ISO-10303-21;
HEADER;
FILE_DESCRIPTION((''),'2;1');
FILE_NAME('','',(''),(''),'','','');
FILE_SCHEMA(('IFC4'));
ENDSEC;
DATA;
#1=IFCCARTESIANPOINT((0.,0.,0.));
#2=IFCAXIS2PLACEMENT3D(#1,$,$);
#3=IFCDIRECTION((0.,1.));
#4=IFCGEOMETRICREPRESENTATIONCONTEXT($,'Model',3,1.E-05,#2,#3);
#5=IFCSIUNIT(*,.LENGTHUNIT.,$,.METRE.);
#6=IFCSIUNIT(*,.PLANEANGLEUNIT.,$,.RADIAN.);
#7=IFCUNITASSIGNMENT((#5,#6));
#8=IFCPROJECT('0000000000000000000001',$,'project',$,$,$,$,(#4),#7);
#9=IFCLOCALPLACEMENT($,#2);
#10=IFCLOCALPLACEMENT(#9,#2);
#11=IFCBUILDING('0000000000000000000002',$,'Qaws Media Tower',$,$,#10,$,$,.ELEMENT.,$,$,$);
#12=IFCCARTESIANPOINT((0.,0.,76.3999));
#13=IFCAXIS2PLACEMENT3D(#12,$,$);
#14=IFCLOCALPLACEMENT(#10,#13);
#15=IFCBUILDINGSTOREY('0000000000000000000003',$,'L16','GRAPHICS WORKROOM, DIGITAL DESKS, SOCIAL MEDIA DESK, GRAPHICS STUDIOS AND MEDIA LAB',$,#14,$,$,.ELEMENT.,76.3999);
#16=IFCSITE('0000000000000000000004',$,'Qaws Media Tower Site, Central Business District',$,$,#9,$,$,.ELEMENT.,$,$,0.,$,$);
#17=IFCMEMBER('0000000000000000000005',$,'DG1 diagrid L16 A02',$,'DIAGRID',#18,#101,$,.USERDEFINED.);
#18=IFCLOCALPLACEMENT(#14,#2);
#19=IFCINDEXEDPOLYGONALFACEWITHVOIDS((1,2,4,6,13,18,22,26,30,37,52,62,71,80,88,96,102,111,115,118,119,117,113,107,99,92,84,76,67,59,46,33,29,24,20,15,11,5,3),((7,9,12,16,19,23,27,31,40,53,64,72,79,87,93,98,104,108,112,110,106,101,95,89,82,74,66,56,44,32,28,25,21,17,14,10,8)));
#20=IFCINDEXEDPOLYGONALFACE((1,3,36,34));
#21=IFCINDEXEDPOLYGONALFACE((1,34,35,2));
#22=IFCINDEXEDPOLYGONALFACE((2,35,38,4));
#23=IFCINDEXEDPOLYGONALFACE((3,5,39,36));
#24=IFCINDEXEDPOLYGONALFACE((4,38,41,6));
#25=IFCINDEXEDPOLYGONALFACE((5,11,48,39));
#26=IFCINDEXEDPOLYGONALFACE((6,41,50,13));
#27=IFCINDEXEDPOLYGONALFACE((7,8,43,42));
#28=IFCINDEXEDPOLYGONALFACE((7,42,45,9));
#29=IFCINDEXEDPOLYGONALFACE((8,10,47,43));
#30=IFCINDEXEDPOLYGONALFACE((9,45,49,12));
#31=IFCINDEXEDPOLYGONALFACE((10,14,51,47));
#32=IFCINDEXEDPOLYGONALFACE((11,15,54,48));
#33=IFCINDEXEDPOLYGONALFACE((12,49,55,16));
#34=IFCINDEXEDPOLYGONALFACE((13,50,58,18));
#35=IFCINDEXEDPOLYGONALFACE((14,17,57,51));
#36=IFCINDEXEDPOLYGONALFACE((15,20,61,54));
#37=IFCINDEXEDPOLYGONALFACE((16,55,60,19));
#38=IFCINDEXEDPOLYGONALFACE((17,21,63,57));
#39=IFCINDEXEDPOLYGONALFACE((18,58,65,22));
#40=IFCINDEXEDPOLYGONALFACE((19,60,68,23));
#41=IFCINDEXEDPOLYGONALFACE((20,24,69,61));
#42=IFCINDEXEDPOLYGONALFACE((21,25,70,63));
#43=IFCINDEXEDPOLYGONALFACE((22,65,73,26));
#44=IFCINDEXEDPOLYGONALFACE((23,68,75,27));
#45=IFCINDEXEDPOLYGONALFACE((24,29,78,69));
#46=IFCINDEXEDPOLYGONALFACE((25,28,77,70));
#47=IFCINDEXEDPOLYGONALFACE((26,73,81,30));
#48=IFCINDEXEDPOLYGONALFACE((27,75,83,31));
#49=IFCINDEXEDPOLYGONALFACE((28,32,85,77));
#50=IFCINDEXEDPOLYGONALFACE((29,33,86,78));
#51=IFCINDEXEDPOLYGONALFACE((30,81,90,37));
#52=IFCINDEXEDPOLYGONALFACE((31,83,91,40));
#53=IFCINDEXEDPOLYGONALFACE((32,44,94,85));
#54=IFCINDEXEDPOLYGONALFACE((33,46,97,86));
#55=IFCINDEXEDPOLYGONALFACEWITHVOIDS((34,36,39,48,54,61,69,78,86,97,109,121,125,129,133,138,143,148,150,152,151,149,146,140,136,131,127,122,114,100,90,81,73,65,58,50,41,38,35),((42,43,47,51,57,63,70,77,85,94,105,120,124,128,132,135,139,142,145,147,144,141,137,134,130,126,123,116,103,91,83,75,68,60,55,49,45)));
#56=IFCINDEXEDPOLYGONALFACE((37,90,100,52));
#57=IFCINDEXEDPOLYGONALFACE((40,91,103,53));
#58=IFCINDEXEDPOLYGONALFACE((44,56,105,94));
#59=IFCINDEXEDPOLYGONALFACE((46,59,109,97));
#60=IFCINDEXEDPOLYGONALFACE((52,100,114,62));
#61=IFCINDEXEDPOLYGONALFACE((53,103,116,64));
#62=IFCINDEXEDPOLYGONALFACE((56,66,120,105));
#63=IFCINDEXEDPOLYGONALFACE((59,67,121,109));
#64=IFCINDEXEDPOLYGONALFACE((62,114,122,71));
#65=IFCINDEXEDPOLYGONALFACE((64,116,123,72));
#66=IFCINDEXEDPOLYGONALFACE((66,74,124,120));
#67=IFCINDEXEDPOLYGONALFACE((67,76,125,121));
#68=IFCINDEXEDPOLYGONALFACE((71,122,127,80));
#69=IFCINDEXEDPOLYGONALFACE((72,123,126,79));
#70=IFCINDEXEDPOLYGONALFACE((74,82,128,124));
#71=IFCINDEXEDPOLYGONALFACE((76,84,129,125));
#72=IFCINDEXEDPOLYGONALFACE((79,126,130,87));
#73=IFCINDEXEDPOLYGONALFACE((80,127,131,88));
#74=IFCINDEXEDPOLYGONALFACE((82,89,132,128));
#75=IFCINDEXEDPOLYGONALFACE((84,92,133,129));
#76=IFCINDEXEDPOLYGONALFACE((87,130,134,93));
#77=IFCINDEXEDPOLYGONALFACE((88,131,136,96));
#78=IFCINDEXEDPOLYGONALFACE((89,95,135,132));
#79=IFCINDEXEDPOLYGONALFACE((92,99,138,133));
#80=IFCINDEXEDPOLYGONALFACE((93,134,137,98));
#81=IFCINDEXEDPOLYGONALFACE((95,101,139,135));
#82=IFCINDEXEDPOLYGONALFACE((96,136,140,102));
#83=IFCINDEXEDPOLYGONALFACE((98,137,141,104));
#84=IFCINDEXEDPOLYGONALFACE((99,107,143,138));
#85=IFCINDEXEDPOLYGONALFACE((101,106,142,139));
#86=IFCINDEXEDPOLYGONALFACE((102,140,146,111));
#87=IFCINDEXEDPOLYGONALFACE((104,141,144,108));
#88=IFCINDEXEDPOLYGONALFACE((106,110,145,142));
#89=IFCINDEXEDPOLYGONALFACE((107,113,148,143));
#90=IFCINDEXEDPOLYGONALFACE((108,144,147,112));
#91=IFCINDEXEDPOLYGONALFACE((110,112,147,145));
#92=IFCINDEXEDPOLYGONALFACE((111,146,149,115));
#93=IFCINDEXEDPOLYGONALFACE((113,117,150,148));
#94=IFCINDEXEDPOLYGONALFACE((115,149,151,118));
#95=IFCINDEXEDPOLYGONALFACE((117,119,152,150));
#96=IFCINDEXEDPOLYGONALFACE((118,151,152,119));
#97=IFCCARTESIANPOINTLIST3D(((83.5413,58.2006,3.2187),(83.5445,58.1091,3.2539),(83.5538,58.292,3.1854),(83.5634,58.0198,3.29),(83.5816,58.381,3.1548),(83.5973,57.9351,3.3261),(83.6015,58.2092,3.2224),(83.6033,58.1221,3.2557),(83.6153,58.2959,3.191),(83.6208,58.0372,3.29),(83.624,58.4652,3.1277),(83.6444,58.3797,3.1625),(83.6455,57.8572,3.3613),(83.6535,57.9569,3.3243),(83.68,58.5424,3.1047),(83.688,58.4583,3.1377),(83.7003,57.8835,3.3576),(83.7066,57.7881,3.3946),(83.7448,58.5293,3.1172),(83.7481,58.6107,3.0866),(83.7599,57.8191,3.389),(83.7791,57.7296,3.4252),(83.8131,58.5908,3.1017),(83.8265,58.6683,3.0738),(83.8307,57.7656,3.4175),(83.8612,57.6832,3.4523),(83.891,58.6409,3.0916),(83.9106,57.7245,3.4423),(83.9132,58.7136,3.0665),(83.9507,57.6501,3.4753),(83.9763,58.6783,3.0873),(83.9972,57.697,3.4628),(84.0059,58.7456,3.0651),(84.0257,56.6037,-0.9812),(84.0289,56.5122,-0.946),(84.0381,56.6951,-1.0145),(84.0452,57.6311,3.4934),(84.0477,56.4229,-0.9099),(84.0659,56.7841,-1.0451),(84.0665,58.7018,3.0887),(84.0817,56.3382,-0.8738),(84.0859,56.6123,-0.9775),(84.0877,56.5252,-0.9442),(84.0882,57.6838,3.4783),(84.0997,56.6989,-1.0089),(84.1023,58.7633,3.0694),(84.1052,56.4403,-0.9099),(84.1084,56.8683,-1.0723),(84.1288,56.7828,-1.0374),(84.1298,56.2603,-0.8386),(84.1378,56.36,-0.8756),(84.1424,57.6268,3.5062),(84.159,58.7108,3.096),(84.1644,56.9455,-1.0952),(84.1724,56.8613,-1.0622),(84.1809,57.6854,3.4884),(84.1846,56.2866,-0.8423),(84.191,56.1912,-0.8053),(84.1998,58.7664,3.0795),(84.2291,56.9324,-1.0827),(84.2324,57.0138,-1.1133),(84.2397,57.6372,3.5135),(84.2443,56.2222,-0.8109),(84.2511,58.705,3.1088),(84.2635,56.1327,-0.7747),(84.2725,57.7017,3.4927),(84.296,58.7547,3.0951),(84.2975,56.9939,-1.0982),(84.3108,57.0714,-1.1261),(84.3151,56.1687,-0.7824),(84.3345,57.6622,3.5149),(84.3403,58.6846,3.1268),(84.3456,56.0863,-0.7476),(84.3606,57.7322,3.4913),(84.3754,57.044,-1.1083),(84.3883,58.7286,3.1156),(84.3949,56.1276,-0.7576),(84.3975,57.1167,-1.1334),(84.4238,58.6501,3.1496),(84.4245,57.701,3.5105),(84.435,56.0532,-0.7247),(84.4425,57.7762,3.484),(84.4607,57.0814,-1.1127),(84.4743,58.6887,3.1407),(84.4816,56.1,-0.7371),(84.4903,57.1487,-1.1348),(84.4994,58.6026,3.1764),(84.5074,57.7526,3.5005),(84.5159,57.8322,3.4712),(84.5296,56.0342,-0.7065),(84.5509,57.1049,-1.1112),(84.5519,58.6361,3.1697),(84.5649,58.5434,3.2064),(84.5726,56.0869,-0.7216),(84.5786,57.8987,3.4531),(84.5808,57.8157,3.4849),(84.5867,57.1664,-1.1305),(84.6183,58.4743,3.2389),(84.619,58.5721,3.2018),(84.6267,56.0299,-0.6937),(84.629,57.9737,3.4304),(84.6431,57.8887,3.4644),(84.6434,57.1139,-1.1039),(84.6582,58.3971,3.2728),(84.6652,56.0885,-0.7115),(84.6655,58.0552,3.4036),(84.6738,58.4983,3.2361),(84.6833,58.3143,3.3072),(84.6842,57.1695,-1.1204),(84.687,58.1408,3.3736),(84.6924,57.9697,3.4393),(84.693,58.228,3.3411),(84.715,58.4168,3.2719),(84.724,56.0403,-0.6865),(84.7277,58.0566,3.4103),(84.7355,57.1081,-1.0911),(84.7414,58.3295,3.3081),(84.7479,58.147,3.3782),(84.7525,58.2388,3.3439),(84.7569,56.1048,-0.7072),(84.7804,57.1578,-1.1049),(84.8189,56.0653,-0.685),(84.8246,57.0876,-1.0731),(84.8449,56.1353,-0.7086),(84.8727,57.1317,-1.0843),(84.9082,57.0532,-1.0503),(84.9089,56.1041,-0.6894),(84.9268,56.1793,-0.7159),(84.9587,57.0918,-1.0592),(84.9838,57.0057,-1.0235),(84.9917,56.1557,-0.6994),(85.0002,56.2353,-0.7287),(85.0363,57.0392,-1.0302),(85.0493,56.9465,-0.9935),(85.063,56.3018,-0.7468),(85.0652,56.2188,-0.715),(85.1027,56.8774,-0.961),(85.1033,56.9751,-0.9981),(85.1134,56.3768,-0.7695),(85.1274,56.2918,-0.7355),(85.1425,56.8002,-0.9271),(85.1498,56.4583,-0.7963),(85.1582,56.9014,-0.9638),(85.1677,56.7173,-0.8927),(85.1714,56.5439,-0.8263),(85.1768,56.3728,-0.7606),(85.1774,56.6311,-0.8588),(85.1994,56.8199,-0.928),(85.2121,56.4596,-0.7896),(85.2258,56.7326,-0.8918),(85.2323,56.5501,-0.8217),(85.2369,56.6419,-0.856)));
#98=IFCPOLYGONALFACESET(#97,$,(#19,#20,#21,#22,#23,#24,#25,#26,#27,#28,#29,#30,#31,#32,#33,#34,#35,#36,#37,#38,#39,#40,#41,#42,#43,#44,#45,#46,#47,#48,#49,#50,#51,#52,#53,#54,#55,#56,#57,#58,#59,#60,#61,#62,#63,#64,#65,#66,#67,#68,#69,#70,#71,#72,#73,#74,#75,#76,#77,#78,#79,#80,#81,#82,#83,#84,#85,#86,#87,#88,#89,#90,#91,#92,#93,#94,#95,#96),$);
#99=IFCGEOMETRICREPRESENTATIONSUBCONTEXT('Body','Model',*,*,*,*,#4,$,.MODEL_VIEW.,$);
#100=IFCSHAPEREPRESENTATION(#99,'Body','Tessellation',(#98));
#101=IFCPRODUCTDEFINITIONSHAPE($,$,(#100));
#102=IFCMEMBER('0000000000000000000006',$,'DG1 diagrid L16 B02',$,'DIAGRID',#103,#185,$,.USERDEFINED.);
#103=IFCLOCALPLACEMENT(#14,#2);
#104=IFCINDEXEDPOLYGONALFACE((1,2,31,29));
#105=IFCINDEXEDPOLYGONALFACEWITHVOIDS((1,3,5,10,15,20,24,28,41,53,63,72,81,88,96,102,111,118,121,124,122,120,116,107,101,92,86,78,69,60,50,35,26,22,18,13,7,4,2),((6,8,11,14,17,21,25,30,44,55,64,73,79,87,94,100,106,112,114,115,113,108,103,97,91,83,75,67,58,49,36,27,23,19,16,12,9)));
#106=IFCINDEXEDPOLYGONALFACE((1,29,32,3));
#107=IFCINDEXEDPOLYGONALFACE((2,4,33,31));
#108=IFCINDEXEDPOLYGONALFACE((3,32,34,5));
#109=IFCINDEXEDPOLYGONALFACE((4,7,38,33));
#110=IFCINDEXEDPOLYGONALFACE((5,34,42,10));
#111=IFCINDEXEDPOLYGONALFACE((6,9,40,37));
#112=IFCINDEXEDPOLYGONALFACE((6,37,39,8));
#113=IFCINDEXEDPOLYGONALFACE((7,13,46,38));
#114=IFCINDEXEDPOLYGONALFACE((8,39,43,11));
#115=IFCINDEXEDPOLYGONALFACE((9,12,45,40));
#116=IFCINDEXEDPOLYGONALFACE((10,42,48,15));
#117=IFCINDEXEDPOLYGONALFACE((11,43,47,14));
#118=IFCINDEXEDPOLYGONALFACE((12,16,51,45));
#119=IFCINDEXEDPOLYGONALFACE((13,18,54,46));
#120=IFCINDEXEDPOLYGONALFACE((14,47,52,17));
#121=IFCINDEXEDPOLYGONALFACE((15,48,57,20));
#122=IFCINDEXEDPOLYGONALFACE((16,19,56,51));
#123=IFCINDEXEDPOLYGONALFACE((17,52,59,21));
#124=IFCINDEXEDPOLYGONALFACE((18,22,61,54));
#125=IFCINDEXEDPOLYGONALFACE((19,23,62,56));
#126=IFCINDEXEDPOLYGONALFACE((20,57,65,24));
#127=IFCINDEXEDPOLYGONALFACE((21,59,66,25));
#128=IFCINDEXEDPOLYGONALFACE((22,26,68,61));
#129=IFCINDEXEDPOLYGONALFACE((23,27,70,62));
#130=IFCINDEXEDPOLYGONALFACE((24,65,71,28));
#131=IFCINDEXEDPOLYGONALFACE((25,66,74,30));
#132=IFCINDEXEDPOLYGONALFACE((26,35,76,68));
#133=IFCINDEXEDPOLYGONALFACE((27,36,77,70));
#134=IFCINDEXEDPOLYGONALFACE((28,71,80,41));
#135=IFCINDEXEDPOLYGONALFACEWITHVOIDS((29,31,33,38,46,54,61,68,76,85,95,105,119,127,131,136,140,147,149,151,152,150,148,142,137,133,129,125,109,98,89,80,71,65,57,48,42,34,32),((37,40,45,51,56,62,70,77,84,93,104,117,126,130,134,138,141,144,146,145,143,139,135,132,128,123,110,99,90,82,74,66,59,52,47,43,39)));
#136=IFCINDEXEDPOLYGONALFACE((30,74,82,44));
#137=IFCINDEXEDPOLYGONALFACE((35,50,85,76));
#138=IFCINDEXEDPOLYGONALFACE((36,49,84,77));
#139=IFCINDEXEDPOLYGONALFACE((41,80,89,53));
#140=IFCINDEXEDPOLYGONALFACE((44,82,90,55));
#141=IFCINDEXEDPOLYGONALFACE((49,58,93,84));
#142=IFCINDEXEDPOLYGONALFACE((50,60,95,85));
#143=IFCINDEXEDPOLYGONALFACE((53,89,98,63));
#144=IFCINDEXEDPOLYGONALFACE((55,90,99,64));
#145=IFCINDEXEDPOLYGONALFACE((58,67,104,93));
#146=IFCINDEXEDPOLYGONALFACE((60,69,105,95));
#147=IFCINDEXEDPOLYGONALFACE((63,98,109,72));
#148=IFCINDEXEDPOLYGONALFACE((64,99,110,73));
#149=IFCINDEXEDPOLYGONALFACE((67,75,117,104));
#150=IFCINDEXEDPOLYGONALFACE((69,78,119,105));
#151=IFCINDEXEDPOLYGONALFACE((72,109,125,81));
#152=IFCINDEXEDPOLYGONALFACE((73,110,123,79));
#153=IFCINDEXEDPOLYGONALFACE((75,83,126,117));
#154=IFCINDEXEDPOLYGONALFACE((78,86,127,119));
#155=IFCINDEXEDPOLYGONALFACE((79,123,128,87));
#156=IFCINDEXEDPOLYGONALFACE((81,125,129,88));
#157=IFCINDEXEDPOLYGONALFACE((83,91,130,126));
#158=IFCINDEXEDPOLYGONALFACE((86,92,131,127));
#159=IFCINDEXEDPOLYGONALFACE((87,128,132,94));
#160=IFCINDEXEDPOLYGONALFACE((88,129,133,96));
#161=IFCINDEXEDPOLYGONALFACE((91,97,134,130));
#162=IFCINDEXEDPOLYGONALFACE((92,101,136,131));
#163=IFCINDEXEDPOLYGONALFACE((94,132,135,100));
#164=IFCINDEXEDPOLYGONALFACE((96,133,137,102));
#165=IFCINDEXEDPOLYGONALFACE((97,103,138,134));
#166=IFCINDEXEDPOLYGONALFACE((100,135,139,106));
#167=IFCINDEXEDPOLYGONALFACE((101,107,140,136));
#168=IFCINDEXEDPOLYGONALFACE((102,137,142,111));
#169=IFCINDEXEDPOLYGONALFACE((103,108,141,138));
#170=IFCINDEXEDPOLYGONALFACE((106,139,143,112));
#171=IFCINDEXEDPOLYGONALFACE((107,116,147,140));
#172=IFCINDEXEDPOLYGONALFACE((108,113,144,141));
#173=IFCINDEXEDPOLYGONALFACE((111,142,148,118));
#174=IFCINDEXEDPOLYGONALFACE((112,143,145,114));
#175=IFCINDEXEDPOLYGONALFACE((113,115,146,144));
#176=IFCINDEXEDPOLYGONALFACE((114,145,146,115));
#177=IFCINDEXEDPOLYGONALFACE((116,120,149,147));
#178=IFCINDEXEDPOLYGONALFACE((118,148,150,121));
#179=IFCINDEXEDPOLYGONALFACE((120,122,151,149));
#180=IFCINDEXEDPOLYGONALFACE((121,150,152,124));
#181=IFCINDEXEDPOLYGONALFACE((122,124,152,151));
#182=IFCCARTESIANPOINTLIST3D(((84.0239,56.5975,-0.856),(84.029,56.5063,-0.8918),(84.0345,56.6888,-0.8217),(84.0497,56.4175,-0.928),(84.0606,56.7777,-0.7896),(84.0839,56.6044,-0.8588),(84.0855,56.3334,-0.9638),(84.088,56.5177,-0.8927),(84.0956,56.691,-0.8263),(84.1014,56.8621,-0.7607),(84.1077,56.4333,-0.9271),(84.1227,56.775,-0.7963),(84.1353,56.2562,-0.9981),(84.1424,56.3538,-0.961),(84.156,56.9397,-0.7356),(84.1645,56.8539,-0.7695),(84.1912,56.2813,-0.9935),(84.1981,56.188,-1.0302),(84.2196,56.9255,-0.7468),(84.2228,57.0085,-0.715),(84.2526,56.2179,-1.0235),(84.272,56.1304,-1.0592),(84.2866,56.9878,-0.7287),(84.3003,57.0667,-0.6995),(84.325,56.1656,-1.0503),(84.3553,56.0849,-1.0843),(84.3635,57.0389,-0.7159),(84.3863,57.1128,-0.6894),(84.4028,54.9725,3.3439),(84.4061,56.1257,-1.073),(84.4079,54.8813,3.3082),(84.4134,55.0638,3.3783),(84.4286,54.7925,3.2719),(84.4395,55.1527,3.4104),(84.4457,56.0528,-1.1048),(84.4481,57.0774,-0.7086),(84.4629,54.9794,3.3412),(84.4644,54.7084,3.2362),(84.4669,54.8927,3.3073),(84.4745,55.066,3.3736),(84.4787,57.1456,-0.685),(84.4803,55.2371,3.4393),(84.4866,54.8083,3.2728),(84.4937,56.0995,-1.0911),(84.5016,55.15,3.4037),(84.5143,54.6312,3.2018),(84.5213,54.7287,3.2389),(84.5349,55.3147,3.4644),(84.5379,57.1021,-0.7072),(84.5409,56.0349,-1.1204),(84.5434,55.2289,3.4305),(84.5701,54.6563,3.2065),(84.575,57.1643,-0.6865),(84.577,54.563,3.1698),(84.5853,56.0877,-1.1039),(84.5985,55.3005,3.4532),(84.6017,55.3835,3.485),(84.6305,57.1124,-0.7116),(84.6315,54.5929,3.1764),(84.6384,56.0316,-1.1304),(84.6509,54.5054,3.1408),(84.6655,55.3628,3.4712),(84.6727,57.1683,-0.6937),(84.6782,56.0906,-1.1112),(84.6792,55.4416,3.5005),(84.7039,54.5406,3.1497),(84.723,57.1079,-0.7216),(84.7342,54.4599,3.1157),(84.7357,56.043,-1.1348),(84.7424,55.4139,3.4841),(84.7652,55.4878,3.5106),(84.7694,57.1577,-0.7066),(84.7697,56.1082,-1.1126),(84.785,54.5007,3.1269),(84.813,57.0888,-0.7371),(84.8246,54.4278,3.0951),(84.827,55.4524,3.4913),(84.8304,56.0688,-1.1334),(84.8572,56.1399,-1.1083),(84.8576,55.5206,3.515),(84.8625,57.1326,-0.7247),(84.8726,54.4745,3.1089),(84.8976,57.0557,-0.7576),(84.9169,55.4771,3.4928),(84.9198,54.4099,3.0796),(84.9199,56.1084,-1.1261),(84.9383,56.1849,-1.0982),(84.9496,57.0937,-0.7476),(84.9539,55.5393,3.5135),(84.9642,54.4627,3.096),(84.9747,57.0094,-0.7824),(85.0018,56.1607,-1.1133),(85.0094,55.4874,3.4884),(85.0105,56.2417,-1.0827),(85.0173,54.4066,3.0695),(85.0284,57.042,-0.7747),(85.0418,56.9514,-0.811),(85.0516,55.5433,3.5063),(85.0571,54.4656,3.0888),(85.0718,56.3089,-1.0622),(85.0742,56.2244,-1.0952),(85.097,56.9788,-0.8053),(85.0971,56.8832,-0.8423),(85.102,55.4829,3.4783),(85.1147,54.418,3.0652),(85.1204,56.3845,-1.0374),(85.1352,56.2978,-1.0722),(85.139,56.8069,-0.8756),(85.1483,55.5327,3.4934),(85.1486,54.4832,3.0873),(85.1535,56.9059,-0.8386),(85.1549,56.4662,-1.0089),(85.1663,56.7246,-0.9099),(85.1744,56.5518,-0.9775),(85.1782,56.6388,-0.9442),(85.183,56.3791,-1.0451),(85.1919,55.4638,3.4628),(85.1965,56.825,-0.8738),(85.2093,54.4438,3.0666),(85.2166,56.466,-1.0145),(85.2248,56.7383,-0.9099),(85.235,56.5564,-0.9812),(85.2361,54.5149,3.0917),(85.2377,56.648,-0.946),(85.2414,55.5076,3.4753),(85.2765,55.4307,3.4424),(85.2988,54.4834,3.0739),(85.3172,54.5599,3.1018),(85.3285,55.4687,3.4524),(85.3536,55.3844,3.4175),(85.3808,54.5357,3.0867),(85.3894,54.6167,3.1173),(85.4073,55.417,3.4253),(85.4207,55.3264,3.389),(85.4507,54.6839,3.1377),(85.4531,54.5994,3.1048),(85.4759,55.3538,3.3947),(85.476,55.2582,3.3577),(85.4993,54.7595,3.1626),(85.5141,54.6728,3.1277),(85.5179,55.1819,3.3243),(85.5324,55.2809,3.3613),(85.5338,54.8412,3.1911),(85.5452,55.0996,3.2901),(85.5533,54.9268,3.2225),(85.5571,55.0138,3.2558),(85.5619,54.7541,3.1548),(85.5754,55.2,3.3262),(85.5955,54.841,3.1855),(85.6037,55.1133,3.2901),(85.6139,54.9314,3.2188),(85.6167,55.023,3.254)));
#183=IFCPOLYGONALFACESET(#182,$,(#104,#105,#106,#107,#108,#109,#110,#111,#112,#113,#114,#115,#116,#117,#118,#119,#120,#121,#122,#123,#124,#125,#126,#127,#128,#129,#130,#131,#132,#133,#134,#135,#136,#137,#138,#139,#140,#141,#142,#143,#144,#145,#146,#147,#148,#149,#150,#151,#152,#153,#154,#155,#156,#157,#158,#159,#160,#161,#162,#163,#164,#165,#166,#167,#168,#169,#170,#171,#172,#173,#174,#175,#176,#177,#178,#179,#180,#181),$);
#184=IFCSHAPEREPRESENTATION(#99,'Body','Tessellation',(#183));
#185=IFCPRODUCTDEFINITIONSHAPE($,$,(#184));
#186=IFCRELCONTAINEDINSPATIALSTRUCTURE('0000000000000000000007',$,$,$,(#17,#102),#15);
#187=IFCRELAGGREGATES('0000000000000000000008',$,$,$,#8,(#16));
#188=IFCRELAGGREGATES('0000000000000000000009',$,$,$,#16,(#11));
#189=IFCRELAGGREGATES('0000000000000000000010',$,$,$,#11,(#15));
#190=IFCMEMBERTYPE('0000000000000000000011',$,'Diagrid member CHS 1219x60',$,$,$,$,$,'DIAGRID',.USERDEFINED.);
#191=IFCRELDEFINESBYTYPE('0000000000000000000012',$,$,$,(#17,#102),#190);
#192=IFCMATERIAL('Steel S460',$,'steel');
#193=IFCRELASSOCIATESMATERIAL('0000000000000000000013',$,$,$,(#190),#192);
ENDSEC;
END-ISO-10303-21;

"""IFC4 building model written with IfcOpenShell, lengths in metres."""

from ifc_helpers import new_model, si_unit, direction, frame, origin, origin_2d, place, context, subcontext, project, spatial, hollow_circle, extrude, material, material_profile, profile_set, type_object, element, save


model = new_model("IFC4")

# Units and contexts
model_context = context("Model", 3, precision=1e-05, world=origin(), true_north=direction((0.0, 1.0)))
body_context = subcontext(model_context, "Body", "Model", "MODEL_VIEW")
ifc_project = project(units=[si_unit("LENGTHUNIT", "METRE"), si_unit("PLANEANGLEUNIT", "RADIAN")], contexts=[model_context])

# Site, building, storey
site_placement = place(None, origin())
site = spatial("IfcSite", under=ifc_project, at=site_placement, Name="Qaws Media Tower Site, Central Business District", CompositionType="ELEMENT", RefElevation=0.0)
building_placement = place(site_placement, origin())
building = spatial("IfcBuilding", under=site, at=building_placement, Name="Qaws Media Tower", CompositionType="ELEMENT")
storey_placement = place(building_placement, frame((0.0, 0.0, 76.3999)))
storey = spatial("IfcBuildingStorey", under=building, at=storey_placement, Name="L16", Description="GRAPHICS WORKROOM, DIGITAL DESKS, SOCIAL MEDIA DESK, GRAPHICS STUDIOS AND MEDIA LAB", CompositionType="ELEMENT", Elevation=76.3999)

# Members
ifc_material_1 = material(Name="Steel S460", Category="steel")
ifc_material_profile_1 = material_profile(ifc_material_1, hollow_circle(Radius=0.6096, WallThickness=0.0601, at=origin_2d()), Name="CHS 1219x60")
ifc_profile_set_1 = profile_set([ifc_material_profile_1], Name="Steel S460")
member_type_1 = type_object("IfcMemberType", Name="Diagrid member CHS 1219x60", ElementType="DIAGRID", PredefinedType="USERDEFINED", material=ifc_profile_set_1)
for number, where, z_axis, x_axis, name in (
    (1, (84.6311, 56.5999, -0.9099), (-0.107178, 0.353354, 0.92933), (-0.956948, -0.290259, 0.0), "DG1 diagrid L16 A02"),
    (2, (84.6311, 56.5999, -0.9099), (0.083842, -0.359571, 0.929343), (0.973876, 0.227082, 0.0), "DG1 diagrid L16 B02"),
):
    element("IfcMember", number, at=place(storey_placement, frame(where, z_axis=z_axis, x_axis=x_axis)), inside=storey, type_object=member_type_1, Name=name, ObjectType="DIAGRID", PredefinedType="USERDEFINED", context=body_context, shape_type="SweptSolid", body=[
        extrude(hollow_circle(Radius=0.6096, WallThickness=0.0601, at=origin_2d()), origin(), (0.0, 0.0, 1.0), 4.5193),
    ])

save(model, "model.ifc")
